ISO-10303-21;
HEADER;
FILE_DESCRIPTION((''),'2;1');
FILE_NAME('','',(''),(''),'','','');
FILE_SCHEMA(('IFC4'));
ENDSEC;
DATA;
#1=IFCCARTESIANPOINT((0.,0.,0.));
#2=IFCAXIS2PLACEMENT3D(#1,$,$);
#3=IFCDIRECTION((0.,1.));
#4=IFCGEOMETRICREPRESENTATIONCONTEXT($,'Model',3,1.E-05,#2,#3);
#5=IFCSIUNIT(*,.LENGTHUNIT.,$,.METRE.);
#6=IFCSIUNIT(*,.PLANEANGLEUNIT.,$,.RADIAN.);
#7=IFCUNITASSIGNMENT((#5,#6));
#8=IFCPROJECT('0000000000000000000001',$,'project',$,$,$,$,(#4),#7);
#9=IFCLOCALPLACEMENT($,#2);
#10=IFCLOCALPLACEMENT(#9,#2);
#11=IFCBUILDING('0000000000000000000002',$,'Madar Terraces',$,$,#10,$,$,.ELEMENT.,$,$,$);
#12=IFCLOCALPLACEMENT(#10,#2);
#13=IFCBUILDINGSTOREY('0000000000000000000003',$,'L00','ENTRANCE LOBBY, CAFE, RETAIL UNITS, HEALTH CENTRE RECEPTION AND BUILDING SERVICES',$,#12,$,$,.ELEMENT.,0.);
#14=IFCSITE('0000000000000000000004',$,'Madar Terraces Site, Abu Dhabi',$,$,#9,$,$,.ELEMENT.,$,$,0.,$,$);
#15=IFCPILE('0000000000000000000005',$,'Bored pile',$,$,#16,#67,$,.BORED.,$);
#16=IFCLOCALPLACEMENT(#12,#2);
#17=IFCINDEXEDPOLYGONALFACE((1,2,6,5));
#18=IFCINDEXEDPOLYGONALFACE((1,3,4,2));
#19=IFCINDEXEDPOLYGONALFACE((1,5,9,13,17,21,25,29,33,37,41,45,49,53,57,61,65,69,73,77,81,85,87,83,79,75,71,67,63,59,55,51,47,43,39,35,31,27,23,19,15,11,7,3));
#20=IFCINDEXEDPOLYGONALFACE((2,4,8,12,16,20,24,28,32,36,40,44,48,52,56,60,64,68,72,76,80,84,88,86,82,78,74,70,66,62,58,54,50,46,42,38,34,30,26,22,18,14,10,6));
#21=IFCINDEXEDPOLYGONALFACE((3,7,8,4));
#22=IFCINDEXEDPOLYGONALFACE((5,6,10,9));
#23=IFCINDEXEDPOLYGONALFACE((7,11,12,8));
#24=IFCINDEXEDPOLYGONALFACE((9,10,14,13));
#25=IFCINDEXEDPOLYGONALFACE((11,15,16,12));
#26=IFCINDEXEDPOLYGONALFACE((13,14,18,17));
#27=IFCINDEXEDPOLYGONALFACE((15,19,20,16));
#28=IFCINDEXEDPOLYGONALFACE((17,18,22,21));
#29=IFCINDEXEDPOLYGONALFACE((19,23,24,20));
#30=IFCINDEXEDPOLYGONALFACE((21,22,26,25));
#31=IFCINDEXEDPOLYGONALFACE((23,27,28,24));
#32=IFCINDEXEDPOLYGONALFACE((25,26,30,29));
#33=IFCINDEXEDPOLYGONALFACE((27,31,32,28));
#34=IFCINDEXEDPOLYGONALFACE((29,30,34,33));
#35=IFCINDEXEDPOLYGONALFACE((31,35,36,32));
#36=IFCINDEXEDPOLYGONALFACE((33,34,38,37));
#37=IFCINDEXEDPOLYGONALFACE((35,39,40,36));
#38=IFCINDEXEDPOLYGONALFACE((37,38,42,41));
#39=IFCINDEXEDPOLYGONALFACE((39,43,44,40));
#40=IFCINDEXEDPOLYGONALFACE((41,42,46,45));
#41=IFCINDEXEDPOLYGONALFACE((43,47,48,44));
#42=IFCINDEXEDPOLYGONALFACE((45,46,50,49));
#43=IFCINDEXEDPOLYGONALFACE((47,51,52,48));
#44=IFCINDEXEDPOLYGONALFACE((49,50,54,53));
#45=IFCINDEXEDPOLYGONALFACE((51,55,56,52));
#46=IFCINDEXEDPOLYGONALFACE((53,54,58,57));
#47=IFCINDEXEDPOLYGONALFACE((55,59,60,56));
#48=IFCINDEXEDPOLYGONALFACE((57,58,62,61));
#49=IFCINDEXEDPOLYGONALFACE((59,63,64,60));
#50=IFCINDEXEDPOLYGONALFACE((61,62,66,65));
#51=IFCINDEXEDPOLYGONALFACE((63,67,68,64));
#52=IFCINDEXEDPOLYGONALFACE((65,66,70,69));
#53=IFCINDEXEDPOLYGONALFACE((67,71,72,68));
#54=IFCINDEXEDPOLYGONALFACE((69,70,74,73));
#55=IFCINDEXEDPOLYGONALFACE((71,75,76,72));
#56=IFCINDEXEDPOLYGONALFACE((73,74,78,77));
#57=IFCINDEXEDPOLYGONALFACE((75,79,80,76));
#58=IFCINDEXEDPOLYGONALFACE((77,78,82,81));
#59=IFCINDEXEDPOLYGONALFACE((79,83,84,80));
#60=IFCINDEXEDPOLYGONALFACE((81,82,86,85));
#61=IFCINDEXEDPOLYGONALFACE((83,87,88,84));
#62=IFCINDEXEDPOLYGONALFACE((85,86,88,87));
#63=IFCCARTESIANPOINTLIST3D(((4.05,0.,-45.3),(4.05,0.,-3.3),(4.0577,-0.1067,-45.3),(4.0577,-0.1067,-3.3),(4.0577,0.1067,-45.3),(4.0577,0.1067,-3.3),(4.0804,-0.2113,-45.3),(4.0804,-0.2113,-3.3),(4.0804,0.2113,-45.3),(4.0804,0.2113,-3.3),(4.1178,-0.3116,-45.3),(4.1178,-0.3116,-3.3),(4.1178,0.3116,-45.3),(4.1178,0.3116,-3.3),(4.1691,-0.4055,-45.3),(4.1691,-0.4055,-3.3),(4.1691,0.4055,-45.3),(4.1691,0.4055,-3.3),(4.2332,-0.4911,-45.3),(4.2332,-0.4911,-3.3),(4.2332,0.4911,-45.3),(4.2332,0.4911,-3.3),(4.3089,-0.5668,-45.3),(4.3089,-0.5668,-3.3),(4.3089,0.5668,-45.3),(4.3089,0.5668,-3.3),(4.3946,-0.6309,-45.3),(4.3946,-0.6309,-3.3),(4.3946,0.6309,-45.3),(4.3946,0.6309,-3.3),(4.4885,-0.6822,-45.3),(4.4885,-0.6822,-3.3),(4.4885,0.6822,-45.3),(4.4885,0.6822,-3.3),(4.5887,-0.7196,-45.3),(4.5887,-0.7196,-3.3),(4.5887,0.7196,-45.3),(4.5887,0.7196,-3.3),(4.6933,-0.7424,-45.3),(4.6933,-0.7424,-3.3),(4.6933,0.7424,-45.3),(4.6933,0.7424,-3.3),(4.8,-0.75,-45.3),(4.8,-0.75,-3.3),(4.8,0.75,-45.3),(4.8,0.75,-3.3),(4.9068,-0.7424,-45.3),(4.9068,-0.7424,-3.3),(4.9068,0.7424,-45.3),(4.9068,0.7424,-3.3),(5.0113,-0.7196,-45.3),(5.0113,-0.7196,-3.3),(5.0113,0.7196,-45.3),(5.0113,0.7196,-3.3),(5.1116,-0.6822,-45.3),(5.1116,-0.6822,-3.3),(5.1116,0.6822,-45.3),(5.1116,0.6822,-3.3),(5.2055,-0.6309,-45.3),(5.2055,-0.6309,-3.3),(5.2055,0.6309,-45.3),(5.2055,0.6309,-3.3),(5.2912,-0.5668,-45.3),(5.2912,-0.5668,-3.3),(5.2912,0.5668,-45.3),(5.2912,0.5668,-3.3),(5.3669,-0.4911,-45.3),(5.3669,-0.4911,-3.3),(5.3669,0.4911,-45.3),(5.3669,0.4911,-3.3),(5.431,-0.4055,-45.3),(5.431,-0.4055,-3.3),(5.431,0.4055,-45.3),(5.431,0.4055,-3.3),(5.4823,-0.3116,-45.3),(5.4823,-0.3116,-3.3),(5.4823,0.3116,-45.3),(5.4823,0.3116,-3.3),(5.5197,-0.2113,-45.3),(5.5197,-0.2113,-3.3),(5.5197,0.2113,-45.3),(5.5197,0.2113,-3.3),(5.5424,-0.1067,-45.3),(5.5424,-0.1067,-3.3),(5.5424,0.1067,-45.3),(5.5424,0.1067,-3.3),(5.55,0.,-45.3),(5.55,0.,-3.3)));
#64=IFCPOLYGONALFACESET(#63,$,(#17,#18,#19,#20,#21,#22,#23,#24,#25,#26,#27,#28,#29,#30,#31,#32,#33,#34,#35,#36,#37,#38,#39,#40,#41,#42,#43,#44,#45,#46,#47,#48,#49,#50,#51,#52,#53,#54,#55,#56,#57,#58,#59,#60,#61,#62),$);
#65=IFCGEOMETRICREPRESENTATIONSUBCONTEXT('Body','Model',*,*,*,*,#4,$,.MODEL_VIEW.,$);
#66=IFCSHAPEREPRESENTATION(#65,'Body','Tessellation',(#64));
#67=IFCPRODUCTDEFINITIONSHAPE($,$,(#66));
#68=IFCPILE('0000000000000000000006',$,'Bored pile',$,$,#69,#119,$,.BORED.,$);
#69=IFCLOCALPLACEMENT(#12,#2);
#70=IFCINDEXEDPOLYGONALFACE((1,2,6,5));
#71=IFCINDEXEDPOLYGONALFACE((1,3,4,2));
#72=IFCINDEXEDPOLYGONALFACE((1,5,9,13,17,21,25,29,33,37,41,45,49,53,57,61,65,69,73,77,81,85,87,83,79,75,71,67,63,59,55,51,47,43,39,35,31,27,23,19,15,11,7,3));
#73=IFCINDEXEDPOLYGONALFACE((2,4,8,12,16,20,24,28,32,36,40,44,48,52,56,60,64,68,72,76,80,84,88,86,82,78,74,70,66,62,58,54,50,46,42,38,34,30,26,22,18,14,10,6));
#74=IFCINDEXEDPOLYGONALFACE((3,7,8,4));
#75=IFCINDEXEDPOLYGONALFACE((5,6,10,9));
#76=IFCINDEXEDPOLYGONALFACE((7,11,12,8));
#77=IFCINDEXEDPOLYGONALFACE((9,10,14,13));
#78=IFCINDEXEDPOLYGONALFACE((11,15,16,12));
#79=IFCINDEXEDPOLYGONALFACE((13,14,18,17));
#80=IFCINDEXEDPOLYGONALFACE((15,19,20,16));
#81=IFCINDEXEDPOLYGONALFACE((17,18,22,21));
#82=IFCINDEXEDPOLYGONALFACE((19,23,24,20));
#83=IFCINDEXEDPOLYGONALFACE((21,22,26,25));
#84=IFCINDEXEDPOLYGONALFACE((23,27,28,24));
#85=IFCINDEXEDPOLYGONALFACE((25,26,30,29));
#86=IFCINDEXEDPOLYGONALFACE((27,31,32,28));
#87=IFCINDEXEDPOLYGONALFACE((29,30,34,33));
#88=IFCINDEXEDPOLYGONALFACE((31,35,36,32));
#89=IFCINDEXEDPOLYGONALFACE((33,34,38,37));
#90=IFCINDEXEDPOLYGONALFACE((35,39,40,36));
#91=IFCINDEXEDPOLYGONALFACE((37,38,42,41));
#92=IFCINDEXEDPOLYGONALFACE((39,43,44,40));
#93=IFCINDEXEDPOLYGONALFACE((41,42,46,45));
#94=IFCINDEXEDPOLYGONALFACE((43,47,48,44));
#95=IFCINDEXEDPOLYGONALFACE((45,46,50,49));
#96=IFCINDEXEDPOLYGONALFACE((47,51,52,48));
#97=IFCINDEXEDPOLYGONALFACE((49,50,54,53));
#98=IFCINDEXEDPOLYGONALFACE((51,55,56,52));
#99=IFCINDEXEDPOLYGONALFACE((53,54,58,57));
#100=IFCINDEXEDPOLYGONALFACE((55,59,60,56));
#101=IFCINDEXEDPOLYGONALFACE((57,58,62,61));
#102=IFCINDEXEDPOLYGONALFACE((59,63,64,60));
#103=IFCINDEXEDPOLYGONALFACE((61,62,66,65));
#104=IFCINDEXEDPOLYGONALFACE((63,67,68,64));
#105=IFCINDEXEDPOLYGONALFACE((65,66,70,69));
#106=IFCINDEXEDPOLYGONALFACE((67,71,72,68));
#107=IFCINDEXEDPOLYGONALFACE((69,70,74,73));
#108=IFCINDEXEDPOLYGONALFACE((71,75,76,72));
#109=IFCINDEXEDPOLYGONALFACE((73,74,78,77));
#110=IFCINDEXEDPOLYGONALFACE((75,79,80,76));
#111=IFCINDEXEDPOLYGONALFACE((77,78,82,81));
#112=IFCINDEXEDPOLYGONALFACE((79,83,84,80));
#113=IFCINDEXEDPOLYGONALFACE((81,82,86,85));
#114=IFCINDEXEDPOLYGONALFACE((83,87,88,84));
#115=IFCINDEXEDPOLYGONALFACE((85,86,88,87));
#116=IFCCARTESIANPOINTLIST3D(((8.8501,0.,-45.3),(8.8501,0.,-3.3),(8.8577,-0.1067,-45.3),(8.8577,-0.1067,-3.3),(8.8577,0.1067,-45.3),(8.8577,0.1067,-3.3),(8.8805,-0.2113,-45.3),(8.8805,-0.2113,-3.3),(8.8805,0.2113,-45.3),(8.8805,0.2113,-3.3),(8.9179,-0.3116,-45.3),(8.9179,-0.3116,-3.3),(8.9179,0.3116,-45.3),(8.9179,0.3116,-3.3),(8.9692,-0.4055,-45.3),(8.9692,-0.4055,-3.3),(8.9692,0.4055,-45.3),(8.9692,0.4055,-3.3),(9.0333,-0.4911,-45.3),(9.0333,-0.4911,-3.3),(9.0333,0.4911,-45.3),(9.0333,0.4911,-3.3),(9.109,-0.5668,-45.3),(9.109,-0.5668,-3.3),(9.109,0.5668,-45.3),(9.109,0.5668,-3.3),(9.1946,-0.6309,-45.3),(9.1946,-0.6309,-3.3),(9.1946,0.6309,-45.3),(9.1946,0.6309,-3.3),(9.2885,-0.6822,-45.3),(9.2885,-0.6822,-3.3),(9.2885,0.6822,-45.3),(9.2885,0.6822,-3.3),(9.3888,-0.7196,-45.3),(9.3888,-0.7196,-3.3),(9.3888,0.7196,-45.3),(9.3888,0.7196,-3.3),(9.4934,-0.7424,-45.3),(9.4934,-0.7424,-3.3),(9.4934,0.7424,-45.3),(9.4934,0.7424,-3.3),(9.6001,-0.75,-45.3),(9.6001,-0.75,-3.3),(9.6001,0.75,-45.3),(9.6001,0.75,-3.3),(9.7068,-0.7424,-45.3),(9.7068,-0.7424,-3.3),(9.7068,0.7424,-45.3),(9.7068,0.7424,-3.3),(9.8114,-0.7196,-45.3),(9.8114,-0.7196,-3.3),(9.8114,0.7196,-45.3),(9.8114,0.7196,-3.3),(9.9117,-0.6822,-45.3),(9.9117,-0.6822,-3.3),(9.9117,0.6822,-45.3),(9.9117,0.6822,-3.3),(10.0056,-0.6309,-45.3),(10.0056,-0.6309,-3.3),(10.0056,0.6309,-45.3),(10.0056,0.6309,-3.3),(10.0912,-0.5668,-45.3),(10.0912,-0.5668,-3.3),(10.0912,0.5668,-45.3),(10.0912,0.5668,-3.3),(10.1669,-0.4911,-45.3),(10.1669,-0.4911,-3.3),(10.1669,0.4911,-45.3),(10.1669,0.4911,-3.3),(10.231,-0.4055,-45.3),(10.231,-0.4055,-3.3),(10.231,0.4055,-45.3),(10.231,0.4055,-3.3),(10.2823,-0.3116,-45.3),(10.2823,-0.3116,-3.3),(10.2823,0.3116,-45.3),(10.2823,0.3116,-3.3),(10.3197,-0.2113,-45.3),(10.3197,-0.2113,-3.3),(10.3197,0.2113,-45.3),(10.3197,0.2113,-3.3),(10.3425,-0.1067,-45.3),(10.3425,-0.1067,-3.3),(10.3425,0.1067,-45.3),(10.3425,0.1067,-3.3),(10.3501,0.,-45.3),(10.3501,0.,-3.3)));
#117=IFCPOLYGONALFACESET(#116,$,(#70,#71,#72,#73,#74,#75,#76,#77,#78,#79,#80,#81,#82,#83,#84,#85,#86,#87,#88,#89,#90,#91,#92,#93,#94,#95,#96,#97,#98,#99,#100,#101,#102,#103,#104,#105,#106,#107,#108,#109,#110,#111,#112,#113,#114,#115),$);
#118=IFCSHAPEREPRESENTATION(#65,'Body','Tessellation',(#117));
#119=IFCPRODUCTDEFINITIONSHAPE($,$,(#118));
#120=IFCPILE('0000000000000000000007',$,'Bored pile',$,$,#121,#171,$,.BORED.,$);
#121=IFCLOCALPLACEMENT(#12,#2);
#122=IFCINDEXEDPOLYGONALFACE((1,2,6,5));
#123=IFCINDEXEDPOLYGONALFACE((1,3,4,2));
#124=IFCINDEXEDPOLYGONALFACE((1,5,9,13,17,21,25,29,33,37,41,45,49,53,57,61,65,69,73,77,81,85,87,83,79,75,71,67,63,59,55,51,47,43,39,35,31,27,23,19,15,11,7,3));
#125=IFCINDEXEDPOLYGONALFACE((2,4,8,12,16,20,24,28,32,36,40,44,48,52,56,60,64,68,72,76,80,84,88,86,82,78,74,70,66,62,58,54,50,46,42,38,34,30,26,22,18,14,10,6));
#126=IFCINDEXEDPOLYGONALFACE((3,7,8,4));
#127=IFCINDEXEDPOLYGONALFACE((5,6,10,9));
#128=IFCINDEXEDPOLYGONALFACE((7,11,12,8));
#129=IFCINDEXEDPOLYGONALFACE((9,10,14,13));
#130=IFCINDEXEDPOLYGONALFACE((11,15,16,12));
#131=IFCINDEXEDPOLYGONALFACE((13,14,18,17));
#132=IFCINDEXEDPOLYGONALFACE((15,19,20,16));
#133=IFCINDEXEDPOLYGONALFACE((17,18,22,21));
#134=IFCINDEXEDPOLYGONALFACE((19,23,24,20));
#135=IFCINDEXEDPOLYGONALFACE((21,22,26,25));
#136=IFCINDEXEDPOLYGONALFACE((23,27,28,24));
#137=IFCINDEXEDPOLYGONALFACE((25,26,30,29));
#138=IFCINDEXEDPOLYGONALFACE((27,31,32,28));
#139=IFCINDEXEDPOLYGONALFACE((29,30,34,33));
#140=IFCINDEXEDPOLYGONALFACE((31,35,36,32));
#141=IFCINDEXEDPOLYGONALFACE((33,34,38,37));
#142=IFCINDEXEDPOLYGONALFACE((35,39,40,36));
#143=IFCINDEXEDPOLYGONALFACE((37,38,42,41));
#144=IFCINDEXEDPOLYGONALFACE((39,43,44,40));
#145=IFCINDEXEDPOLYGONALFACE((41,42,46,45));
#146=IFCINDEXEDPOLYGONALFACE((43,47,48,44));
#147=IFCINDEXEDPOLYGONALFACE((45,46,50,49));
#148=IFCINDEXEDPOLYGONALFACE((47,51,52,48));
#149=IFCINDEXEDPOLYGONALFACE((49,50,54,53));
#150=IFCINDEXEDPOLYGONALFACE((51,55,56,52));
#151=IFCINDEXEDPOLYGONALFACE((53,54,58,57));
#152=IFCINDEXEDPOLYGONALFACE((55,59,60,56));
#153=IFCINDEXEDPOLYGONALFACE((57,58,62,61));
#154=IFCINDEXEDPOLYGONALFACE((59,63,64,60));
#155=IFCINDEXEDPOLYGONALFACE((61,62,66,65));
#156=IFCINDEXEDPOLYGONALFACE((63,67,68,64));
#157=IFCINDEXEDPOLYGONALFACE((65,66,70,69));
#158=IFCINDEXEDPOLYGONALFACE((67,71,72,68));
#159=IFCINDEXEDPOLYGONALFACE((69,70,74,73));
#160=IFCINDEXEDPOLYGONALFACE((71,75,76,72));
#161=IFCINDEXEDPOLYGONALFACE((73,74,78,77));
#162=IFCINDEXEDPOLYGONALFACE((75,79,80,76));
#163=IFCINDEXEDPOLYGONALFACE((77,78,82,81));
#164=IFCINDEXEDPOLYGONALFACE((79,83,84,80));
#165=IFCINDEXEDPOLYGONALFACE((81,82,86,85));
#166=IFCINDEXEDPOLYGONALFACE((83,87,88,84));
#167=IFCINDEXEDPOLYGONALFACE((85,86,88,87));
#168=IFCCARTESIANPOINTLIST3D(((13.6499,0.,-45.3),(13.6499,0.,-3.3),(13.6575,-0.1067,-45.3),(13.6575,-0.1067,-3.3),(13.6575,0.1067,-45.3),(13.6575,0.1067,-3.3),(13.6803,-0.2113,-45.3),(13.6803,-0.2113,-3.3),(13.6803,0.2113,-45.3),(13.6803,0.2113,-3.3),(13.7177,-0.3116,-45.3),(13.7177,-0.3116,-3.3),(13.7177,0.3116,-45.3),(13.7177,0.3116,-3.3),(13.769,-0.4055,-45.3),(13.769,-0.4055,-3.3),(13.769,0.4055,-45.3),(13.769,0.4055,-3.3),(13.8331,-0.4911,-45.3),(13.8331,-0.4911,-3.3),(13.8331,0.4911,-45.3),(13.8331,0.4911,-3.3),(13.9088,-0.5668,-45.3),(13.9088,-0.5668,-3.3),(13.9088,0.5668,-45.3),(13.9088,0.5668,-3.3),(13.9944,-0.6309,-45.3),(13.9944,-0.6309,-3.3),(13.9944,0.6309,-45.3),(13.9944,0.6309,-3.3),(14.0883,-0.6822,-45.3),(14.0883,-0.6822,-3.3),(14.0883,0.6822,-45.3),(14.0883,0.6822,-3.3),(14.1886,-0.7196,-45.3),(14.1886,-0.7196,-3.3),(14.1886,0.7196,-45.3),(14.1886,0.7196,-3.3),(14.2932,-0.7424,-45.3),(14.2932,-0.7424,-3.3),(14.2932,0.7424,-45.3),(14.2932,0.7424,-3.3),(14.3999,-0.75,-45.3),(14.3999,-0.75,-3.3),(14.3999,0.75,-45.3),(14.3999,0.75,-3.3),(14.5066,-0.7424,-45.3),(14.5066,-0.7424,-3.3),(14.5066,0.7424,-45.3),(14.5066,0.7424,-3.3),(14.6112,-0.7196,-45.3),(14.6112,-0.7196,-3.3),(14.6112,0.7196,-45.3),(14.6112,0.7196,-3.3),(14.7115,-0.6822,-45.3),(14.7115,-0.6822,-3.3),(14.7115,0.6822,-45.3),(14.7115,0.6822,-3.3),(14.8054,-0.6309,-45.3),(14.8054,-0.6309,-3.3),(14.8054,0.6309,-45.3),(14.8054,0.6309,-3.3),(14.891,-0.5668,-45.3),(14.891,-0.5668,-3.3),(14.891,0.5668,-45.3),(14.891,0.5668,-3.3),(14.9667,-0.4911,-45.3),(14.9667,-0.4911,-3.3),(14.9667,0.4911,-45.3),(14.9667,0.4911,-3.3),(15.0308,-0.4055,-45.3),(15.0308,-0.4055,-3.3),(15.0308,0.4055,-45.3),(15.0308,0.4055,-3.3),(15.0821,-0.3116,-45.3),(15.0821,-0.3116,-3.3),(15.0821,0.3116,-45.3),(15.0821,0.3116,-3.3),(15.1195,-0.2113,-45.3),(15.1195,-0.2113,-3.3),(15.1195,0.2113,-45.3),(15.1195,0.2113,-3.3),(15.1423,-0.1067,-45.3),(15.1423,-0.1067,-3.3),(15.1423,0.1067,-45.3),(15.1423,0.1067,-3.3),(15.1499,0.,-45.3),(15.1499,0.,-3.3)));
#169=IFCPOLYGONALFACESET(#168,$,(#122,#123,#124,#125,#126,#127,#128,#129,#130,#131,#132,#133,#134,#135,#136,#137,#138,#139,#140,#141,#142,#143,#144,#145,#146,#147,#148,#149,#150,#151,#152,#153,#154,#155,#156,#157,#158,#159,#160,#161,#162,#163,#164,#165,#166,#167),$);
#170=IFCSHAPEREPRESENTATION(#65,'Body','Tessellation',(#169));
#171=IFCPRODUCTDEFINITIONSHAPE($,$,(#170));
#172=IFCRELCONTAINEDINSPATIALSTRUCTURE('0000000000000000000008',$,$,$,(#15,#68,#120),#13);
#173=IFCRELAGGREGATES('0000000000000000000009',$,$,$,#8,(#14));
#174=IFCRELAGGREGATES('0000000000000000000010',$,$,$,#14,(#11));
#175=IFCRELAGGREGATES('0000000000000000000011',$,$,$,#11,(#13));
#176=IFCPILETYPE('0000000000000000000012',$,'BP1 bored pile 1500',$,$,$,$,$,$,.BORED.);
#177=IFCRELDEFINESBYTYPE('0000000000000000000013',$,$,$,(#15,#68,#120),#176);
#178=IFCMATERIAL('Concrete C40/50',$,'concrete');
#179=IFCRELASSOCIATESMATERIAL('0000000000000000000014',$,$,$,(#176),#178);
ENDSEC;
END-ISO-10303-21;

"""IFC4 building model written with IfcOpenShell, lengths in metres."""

from ifc_helpers import new_model, si_unit, direction, frame, origin, origin_2d, place, context, subcontext, project, spatial, circle, extrude, material, material_profile, profile_set, type_object, element, save


model = new_model("IFC4")

# Units and contexts
model_context = context("Model", 3, precision=1e-05, world=origin(), true_north=direction((0.0, 1.0)))
body_context = subcontext(model_context, "Body", "Model", "MODEL_VIEW")
ifc_project = project(units=[si_unit("LENGTHUNIT", "METRE"), si_unit("PLANEANGLEUNIT", "RADIAN")], contexts=[model_context])

# Site, building, storey
site_placement = place(None, origin())
site = spatial("IfcSite", under=ifc_project, at=site_placement, Name="Madar Terraces Site, Abu Dhabi", CompositionType="ELEMENT", RefElevation=0.0)
building_placement = place(site_placement, origin())
building = spatial("IfcBuilding", under=site, at=building_placement, Name="Madar Terraces", CompositionType="ELEMENT")
storey_placement = place(building_placement, origin())
storey = spatial("IfcBuildingStorey", under=building, at=storey_placement, Name="L00", Description="ENTRANCE LOBBY, CAFE, RETAIL UNITS, HEALTH CENTRE RECEPTION AND BUILDING SERVICES", CompositionType="ELEMENT", Elevation=0.0)

# Piles
ifc_material_1 = material(Name="Concrete C40/50", Category="concrete")
ifc_material_profile_1 = material_profile(ifc_material_1, circle(Radius=0.75, at=origin_2d()), Name="BP1 bored pile 1500")
ifc_profile_set_1 = profile_set([ifc_material_profile_1], Name="Concrete C40/50")
pile_type = type_object("IfcPileType", Name="BP1 bored pile 1500", PredefinedType="BORED", material=ifc_profile_set_1)
for number, where, z_axis, x_axis, name in (
    (1, (4.8, 0.0, -3.3), (0.0, 0.0, -1.0), (1.0, 0.0, 0.0), "Bored pile"),
    (2, (9.6001, 0.0, -3.3), (0.0, 0.0, -1.0), (1.0, 0.0, 0.0), "Bored pile"),
    (3, (14.3999, 0.0, -3.3), (0.0, 0.0, -1.0), (1.0, 0.0, 0.0), "Bored pile"),
):
    element("IfcPile", number, at=place(storey_placement, frame(where, z_axis=z_axis, x_axis=x_axis)), inside=storey, type_object=pile_type, Name=name, PredefinedType="BORED", context=body_context, shape_type="SweptSolid", body=[
        extrude(circle(Radius=0.75, at=origin_2d()), origin(), (0.0, 0.0, 1.0), 42.0),
    ])

save(model, "model.ifc")
